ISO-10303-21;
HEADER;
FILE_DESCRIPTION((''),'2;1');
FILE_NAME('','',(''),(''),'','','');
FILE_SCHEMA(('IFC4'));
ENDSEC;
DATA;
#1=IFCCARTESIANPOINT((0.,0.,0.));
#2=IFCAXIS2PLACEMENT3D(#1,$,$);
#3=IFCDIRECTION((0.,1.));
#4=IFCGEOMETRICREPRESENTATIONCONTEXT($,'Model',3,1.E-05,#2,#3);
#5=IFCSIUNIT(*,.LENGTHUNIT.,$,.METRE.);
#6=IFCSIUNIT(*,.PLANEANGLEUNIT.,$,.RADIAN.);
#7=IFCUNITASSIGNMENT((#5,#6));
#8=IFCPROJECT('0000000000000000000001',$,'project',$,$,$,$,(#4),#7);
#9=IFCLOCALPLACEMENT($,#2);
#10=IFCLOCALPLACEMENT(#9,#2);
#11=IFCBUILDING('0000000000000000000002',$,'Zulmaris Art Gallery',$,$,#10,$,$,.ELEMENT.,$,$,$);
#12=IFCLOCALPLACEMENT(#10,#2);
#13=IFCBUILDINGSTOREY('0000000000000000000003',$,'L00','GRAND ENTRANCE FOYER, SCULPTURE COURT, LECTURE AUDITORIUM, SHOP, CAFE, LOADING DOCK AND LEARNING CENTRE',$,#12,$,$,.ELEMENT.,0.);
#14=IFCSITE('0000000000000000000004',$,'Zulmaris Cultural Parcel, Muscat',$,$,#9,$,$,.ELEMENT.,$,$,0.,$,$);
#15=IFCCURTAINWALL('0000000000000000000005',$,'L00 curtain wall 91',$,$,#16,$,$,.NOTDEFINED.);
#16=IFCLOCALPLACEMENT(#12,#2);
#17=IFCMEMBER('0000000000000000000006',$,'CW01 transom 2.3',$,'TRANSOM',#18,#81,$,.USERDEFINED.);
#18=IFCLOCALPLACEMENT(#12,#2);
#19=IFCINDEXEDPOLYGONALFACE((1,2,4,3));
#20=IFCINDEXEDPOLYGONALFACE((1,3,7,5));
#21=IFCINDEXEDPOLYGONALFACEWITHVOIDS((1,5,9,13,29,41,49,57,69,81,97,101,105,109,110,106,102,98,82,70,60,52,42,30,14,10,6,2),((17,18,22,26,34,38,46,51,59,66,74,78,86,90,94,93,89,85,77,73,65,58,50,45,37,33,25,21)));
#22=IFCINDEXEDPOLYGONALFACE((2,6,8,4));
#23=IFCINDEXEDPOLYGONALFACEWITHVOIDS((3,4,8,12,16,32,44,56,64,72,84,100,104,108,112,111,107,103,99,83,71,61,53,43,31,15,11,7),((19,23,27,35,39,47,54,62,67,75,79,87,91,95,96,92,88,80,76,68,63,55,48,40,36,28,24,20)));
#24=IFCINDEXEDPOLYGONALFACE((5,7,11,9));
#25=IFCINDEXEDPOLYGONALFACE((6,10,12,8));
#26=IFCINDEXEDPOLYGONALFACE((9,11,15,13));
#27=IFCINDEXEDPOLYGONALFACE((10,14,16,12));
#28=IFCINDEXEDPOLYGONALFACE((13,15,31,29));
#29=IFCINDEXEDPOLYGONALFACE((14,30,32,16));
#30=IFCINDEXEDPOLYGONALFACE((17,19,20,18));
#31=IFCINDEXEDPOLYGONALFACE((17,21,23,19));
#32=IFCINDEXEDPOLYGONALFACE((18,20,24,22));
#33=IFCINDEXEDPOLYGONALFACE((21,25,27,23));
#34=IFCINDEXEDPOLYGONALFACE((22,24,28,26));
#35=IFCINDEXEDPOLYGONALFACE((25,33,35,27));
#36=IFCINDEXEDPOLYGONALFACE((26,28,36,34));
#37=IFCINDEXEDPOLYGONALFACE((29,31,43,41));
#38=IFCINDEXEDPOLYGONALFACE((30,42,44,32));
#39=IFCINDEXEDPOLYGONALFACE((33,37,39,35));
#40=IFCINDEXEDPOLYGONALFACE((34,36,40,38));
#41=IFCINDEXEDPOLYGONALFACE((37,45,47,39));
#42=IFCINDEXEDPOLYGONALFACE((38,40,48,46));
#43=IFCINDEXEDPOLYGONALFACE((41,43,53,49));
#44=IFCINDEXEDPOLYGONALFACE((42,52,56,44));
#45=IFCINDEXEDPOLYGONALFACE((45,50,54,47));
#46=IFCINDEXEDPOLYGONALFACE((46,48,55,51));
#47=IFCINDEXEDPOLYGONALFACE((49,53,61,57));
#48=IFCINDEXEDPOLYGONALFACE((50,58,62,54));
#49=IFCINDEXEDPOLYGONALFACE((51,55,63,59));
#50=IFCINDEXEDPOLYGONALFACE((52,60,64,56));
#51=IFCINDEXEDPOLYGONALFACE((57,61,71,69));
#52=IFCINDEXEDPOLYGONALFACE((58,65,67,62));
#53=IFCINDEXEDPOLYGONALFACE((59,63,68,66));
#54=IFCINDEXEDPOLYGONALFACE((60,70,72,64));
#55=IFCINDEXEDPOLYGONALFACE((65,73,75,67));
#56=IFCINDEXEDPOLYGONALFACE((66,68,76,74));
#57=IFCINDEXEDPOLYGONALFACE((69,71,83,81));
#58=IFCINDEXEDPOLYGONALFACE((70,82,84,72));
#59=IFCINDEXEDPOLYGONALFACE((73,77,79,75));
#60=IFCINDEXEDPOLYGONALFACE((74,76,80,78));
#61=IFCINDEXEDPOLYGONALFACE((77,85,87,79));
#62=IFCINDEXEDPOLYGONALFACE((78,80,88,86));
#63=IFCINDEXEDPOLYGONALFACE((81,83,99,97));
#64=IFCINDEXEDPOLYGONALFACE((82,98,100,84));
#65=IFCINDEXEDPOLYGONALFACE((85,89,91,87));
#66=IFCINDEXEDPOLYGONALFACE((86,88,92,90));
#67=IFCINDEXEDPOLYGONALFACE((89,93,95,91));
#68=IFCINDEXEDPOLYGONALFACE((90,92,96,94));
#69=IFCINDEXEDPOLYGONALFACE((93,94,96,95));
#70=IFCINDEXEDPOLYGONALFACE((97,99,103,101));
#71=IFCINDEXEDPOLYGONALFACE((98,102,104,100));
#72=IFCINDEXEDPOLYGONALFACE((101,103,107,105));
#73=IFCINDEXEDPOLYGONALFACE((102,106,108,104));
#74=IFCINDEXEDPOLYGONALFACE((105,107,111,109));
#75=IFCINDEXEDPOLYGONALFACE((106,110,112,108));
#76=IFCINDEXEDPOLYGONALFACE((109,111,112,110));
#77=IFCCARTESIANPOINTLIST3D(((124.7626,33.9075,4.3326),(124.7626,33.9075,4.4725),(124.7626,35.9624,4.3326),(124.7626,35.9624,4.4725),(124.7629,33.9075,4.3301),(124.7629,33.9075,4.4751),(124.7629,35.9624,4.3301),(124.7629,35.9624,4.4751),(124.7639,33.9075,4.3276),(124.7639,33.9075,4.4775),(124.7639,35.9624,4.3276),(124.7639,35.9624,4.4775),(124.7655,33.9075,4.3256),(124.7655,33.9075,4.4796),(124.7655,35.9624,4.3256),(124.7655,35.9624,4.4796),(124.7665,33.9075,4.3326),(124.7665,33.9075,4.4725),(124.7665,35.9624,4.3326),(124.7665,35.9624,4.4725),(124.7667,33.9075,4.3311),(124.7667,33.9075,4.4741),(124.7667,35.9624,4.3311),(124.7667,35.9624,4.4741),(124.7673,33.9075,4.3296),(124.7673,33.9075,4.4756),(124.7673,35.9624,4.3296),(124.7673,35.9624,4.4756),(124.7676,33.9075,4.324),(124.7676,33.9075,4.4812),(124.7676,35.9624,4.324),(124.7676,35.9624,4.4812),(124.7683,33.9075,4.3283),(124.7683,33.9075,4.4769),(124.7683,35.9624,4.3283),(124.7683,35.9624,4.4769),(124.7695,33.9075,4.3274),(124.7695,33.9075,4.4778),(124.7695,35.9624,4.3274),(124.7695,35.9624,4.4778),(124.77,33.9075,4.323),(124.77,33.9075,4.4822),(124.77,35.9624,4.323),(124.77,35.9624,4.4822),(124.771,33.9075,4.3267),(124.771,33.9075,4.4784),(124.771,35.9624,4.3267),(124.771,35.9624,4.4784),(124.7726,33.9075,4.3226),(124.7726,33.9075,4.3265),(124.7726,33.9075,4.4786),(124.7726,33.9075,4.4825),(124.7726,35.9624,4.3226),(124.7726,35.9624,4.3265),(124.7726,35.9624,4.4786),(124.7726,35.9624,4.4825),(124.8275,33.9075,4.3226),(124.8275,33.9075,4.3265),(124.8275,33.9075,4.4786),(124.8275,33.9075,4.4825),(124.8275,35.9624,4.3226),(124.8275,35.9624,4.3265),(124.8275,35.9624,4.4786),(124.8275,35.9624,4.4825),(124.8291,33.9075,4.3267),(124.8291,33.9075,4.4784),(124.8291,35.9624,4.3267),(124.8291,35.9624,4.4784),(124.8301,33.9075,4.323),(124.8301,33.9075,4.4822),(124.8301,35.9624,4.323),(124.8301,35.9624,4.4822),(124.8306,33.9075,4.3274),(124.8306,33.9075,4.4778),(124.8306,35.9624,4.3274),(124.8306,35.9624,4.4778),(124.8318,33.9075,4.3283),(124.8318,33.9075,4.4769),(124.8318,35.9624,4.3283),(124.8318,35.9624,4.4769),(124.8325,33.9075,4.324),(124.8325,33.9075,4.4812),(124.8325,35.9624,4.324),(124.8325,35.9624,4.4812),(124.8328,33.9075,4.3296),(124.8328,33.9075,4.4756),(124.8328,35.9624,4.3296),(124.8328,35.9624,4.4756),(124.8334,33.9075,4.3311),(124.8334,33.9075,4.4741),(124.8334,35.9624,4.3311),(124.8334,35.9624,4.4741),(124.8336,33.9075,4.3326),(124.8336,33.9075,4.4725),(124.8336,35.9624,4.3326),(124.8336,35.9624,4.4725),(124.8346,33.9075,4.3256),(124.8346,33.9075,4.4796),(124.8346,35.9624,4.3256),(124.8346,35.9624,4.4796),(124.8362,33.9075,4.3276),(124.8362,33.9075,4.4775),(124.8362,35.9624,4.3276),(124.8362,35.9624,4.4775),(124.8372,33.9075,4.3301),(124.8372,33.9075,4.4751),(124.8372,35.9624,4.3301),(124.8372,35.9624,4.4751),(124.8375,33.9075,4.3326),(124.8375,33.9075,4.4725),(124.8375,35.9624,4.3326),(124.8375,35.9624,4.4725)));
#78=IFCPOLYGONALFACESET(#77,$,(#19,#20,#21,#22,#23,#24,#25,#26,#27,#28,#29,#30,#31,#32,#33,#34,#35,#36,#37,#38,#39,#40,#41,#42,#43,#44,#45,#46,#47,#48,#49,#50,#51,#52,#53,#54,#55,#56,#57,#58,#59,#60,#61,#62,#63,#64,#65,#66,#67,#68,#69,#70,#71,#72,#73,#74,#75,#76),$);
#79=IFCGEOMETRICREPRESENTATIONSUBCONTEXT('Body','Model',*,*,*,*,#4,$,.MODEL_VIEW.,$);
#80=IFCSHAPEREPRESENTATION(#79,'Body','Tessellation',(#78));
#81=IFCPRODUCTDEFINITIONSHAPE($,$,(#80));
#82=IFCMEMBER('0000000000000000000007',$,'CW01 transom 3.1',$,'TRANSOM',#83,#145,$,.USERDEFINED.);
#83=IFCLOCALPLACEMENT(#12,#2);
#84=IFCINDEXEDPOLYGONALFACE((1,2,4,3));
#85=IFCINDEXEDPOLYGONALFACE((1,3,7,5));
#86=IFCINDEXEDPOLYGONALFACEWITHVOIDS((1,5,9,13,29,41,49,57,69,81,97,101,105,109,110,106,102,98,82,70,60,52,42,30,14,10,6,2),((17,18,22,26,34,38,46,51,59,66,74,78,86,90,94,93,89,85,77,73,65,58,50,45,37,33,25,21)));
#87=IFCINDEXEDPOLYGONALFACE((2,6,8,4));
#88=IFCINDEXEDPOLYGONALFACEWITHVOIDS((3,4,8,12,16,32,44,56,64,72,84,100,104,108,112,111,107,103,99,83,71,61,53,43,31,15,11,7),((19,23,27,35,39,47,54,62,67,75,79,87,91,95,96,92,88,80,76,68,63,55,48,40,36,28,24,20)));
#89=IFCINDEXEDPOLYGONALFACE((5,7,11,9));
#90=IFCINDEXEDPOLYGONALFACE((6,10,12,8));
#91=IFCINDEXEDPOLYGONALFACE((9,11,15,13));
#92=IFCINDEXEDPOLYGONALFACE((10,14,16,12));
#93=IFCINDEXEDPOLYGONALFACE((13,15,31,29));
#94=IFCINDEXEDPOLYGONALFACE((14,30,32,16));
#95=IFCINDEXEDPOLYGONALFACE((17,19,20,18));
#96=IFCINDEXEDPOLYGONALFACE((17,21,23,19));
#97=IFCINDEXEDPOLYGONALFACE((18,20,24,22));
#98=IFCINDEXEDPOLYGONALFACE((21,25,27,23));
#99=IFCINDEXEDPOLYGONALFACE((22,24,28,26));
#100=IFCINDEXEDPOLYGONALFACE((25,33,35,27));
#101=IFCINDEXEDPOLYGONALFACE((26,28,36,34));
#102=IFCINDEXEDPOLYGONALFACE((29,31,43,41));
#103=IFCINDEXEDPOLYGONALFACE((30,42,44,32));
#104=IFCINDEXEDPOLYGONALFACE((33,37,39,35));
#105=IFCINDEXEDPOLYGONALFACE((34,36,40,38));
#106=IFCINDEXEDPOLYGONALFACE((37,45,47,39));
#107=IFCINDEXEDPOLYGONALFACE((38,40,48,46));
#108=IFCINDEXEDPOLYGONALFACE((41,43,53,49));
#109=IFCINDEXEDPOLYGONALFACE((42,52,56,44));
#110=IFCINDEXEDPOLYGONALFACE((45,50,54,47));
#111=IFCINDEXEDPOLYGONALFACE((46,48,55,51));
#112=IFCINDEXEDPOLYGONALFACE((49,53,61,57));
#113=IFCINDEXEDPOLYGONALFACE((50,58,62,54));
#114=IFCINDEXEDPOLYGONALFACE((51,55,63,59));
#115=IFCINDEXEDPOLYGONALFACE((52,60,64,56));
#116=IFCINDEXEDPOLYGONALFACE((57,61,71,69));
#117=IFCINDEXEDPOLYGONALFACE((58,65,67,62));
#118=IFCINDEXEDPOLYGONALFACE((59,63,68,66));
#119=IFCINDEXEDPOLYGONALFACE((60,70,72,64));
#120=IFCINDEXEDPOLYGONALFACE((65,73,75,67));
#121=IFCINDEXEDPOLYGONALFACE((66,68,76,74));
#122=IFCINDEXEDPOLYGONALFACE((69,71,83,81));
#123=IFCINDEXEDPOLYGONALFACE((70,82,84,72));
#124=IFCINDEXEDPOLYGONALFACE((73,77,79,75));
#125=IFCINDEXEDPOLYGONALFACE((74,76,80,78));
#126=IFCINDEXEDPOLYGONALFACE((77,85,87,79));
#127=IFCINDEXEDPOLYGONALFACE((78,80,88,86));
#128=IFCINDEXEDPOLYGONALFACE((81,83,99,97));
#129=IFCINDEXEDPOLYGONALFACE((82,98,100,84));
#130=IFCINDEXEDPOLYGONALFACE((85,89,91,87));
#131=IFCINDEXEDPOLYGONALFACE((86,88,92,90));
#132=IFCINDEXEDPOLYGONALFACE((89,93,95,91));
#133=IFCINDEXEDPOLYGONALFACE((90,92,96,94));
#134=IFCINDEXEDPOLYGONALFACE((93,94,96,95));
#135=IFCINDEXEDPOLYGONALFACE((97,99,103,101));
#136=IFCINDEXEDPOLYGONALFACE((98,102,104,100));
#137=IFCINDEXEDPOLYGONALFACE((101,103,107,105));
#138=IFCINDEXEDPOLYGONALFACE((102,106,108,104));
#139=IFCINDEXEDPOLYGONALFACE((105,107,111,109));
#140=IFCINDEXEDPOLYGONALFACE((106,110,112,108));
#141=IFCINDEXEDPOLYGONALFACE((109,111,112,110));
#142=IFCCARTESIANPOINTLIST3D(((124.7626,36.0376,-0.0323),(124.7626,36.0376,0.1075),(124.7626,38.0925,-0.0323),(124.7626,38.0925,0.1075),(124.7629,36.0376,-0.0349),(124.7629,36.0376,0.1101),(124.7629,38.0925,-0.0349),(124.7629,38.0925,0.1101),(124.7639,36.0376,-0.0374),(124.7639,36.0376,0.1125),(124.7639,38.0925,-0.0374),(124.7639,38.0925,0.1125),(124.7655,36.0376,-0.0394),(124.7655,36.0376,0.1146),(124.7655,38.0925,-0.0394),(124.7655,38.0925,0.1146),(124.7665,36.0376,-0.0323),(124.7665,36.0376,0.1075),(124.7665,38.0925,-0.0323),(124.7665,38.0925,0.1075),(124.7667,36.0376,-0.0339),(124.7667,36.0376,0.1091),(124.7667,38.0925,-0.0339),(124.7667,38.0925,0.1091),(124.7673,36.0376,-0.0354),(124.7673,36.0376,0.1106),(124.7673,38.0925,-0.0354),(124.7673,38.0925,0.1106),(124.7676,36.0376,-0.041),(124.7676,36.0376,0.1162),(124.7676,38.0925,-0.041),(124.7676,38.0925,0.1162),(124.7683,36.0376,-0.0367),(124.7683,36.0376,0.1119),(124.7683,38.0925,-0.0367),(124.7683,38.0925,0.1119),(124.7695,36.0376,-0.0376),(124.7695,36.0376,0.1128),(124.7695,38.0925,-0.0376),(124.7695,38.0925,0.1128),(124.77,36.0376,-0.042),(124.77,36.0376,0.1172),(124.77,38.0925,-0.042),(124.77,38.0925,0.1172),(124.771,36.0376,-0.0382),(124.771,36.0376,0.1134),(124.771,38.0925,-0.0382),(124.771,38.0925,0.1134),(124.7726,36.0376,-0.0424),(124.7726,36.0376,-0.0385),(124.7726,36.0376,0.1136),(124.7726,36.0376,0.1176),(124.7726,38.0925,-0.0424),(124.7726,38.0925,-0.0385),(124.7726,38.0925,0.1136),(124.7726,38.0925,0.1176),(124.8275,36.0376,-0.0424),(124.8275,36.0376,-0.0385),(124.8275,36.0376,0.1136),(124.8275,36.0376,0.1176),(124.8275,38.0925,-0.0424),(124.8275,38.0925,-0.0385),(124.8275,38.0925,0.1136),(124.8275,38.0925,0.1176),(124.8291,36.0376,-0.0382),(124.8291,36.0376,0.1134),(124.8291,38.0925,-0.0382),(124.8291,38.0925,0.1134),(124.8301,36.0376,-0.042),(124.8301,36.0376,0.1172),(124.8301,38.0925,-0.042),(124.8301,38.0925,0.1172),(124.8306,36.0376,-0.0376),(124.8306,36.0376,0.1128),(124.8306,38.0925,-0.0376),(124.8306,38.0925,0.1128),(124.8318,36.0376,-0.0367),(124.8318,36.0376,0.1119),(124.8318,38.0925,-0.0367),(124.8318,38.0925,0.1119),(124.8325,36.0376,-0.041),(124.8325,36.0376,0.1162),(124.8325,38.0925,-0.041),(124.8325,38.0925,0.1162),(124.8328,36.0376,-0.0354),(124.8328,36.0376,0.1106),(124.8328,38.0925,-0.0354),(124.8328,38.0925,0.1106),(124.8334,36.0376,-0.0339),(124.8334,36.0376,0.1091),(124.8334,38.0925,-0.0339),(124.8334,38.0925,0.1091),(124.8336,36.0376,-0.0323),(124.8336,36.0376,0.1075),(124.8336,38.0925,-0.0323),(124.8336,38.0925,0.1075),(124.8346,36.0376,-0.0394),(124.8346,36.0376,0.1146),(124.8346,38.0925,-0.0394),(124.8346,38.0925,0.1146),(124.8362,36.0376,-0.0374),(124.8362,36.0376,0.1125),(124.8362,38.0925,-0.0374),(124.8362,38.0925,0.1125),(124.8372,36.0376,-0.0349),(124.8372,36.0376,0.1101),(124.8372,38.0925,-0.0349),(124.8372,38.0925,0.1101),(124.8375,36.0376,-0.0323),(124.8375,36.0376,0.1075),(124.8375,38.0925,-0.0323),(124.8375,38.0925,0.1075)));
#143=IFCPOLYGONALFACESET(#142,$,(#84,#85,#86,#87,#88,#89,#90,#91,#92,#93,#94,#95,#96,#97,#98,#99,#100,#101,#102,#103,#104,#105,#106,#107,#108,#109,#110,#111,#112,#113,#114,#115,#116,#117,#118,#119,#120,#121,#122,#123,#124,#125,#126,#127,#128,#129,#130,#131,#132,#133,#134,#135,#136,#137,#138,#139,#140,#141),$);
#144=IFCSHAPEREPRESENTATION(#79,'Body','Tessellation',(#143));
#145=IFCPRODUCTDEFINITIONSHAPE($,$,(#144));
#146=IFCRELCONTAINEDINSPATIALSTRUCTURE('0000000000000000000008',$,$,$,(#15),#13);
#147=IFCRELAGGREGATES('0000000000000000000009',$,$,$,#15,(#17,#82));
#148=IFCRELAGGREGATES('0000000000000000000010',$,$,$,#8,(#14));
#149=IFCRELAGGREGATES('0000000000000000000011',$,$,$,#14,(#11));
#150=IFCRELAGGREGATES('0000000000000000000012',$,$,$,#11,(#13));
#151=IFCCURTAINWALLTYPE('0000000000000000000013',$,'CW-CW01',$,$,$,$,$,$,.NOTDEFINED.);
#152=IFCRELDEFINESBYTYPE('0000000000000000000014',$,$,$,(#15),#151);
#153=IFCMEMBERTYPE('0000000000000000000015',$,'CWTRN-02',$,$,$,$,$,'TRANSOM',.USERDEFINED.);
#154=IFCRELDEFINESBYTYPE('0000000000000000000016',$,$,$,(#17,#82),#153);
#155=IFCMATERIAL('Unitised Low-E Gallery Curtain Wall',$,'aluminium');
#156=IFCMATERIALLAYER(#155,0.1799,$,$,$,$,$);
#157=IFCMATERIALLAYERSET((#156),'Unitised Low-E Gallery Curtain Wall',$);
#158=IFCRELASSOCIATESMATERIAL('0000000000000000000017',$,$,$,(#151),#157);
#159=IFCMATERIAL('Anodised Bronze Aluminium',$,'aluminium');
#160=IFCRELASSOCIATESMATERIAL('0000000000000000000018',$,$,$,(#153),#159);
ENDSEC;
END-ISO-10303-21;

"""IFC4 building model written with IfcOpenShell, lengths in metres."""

from ifc_helpers import new_model, si_unit, direction, frame, origin, origin_2d, place, context, subcontext, project, spatial, hollow_rectangle, extrude, material, layer, layer_set, material_profile, profile_set, type_object, element, aggregate, save


model = new_model("IFC4")

# Units and contexts
model_context = context("Model", 3, precision=1e-05, world=origin(), true_north=direction((0.0, 1.0)))
body_context = subcontext(model_context, "Body", "Model", "MODEL_VIEW")
ifc_project = project(units=[si_unit("LENGTHUNIT", "METRE"), si_unit("PLANEANGLEUNIT", "RADIAN")], contexts=[model_context])

# Site, building, storey
site_placement = place(None, origin())
site = spatial("IfcSite", under=ifc_project, at=site_placement, Name="Zulmaris Cultural Parcel, Muscat", CompositionType="ELEMENT", RefElevation=0.0)
building_placement = place(site_placement, origin())
building = spatial("IfcBuilding", under=site, at=building_placement, Name="Zulmaris Art Gallery", CompositionType="ELEMENT")
storey_placement = place(building_placement, origin())
storey = spatial("IfcBuildingStorey", under=building, at=storey_placement, Name="L00", Description="GRAND ENTRANCE FOYER, SCULPTURE COURT, LECTURE AUDITORIUM, SHOP, CAFE, LOADING DOCK AND LEARNING CENTRE", CompositionType="ELEMENT", Elevation=0.0)

# Curtain wall
ifc_material_1 = material(Name="Unitised Low-E Gallery Curtain Wall", Category="aluminium")
ifc_layer_1 = layer(ifc_material_1, 0.1799)
ifc_layer_set_1 = layer_set([ifc_layer_1], Name="Unitised Low-E Gallery Curtain Wall")
curtain_wall_type = type_object("IfcCurtainWallType", Name="CW-CW01", PredefinedType="NOTDEFINED", material=ifc_layer_set_1)
curtain_wall_1_placement = place(storey_placement, origin())
curtain_wall_1 = element("IfcCurtainWall", 1, at=curtain_wall_1_placement, inside=storey, type_object=curtain_wall_type, Name="L00 curtain wall 91", PredefinedType="NOTDEFINED")
ifc_material_2 = material(Name="Anodised Bronze Aluminium", Category="aluminium")

# Members
ifc_material_profile_1 = material_profile(ifc_material_2, hollow_rectangle(XDim=0.075, YDim=0.1599, WallThickness=0.0039, InnerFilletRadius=0.0061, OuterFilletRadius=0.01, at=origin_2d()), Name="ALU 75x160x4")
ifc_profile_set_1 = profile_set([ifc_material_profile_1], Name="Anodised Bronze Aluminium")
member_type_1 = type_object("IfcMemberType", Name="CWTRN-02", ElementType="TRANSOM", PredefinedType="USERDEFINED", material=ifc_profile_set_1)
member_1_placement = place(storey_placement, frame((124.8, 33.9075, 4.4026), z_axis=(0.0, 1.0, 0.0), x_axis=(-1.0, 0.0, 0.0)))
member_1 = element("IfcMember", 2, at=member_1_placement, type_object=member_type_1, Name="CW01 transom 2.3", ObjectType="TRANSOM", PredefinedType="USERDEFINED", context=body_context, shape_type="SweptSolid", body=[
    extrude(hollow_rectangle(XDim=0.075, YDim=0.1599, WallThickness=0.0039, InnerFilletRadius=0.0061, OuterFilletRadius=0.01, at=origin_2d()), origin(), (0.0, 0.0, 1.0), 2.0549),
])
member_2_placement = place(storey_placement, frame((124.8, 36.0376, 0.0376), z_axis=(0.0, 1.0, 0.0), x_axis=(-1.0, 0.0, 0.0)))
member_2 = element("IfcMember", 3, at=member_2_placement, type_object=member_type_1, Name="CW01 transom 3.1", ObjectType="TRANSOM", PredefinedType="USERDEFINED", context=body_context, shape_type="SweptSolid", body=[
    extrude(hollow_rectangle(XDim=0.075, YDim=0.1599, WallThickness=0.0039, InnerFilletRadius=0.0061, OuterFilletRadius=0.01, at=origin_2d()), origin(), (0.0, 0.0, 1.0), 2.0549),
])

aggregate(curtain_wall_1, [member_1, member_2])

save(model, "model.ifc")
